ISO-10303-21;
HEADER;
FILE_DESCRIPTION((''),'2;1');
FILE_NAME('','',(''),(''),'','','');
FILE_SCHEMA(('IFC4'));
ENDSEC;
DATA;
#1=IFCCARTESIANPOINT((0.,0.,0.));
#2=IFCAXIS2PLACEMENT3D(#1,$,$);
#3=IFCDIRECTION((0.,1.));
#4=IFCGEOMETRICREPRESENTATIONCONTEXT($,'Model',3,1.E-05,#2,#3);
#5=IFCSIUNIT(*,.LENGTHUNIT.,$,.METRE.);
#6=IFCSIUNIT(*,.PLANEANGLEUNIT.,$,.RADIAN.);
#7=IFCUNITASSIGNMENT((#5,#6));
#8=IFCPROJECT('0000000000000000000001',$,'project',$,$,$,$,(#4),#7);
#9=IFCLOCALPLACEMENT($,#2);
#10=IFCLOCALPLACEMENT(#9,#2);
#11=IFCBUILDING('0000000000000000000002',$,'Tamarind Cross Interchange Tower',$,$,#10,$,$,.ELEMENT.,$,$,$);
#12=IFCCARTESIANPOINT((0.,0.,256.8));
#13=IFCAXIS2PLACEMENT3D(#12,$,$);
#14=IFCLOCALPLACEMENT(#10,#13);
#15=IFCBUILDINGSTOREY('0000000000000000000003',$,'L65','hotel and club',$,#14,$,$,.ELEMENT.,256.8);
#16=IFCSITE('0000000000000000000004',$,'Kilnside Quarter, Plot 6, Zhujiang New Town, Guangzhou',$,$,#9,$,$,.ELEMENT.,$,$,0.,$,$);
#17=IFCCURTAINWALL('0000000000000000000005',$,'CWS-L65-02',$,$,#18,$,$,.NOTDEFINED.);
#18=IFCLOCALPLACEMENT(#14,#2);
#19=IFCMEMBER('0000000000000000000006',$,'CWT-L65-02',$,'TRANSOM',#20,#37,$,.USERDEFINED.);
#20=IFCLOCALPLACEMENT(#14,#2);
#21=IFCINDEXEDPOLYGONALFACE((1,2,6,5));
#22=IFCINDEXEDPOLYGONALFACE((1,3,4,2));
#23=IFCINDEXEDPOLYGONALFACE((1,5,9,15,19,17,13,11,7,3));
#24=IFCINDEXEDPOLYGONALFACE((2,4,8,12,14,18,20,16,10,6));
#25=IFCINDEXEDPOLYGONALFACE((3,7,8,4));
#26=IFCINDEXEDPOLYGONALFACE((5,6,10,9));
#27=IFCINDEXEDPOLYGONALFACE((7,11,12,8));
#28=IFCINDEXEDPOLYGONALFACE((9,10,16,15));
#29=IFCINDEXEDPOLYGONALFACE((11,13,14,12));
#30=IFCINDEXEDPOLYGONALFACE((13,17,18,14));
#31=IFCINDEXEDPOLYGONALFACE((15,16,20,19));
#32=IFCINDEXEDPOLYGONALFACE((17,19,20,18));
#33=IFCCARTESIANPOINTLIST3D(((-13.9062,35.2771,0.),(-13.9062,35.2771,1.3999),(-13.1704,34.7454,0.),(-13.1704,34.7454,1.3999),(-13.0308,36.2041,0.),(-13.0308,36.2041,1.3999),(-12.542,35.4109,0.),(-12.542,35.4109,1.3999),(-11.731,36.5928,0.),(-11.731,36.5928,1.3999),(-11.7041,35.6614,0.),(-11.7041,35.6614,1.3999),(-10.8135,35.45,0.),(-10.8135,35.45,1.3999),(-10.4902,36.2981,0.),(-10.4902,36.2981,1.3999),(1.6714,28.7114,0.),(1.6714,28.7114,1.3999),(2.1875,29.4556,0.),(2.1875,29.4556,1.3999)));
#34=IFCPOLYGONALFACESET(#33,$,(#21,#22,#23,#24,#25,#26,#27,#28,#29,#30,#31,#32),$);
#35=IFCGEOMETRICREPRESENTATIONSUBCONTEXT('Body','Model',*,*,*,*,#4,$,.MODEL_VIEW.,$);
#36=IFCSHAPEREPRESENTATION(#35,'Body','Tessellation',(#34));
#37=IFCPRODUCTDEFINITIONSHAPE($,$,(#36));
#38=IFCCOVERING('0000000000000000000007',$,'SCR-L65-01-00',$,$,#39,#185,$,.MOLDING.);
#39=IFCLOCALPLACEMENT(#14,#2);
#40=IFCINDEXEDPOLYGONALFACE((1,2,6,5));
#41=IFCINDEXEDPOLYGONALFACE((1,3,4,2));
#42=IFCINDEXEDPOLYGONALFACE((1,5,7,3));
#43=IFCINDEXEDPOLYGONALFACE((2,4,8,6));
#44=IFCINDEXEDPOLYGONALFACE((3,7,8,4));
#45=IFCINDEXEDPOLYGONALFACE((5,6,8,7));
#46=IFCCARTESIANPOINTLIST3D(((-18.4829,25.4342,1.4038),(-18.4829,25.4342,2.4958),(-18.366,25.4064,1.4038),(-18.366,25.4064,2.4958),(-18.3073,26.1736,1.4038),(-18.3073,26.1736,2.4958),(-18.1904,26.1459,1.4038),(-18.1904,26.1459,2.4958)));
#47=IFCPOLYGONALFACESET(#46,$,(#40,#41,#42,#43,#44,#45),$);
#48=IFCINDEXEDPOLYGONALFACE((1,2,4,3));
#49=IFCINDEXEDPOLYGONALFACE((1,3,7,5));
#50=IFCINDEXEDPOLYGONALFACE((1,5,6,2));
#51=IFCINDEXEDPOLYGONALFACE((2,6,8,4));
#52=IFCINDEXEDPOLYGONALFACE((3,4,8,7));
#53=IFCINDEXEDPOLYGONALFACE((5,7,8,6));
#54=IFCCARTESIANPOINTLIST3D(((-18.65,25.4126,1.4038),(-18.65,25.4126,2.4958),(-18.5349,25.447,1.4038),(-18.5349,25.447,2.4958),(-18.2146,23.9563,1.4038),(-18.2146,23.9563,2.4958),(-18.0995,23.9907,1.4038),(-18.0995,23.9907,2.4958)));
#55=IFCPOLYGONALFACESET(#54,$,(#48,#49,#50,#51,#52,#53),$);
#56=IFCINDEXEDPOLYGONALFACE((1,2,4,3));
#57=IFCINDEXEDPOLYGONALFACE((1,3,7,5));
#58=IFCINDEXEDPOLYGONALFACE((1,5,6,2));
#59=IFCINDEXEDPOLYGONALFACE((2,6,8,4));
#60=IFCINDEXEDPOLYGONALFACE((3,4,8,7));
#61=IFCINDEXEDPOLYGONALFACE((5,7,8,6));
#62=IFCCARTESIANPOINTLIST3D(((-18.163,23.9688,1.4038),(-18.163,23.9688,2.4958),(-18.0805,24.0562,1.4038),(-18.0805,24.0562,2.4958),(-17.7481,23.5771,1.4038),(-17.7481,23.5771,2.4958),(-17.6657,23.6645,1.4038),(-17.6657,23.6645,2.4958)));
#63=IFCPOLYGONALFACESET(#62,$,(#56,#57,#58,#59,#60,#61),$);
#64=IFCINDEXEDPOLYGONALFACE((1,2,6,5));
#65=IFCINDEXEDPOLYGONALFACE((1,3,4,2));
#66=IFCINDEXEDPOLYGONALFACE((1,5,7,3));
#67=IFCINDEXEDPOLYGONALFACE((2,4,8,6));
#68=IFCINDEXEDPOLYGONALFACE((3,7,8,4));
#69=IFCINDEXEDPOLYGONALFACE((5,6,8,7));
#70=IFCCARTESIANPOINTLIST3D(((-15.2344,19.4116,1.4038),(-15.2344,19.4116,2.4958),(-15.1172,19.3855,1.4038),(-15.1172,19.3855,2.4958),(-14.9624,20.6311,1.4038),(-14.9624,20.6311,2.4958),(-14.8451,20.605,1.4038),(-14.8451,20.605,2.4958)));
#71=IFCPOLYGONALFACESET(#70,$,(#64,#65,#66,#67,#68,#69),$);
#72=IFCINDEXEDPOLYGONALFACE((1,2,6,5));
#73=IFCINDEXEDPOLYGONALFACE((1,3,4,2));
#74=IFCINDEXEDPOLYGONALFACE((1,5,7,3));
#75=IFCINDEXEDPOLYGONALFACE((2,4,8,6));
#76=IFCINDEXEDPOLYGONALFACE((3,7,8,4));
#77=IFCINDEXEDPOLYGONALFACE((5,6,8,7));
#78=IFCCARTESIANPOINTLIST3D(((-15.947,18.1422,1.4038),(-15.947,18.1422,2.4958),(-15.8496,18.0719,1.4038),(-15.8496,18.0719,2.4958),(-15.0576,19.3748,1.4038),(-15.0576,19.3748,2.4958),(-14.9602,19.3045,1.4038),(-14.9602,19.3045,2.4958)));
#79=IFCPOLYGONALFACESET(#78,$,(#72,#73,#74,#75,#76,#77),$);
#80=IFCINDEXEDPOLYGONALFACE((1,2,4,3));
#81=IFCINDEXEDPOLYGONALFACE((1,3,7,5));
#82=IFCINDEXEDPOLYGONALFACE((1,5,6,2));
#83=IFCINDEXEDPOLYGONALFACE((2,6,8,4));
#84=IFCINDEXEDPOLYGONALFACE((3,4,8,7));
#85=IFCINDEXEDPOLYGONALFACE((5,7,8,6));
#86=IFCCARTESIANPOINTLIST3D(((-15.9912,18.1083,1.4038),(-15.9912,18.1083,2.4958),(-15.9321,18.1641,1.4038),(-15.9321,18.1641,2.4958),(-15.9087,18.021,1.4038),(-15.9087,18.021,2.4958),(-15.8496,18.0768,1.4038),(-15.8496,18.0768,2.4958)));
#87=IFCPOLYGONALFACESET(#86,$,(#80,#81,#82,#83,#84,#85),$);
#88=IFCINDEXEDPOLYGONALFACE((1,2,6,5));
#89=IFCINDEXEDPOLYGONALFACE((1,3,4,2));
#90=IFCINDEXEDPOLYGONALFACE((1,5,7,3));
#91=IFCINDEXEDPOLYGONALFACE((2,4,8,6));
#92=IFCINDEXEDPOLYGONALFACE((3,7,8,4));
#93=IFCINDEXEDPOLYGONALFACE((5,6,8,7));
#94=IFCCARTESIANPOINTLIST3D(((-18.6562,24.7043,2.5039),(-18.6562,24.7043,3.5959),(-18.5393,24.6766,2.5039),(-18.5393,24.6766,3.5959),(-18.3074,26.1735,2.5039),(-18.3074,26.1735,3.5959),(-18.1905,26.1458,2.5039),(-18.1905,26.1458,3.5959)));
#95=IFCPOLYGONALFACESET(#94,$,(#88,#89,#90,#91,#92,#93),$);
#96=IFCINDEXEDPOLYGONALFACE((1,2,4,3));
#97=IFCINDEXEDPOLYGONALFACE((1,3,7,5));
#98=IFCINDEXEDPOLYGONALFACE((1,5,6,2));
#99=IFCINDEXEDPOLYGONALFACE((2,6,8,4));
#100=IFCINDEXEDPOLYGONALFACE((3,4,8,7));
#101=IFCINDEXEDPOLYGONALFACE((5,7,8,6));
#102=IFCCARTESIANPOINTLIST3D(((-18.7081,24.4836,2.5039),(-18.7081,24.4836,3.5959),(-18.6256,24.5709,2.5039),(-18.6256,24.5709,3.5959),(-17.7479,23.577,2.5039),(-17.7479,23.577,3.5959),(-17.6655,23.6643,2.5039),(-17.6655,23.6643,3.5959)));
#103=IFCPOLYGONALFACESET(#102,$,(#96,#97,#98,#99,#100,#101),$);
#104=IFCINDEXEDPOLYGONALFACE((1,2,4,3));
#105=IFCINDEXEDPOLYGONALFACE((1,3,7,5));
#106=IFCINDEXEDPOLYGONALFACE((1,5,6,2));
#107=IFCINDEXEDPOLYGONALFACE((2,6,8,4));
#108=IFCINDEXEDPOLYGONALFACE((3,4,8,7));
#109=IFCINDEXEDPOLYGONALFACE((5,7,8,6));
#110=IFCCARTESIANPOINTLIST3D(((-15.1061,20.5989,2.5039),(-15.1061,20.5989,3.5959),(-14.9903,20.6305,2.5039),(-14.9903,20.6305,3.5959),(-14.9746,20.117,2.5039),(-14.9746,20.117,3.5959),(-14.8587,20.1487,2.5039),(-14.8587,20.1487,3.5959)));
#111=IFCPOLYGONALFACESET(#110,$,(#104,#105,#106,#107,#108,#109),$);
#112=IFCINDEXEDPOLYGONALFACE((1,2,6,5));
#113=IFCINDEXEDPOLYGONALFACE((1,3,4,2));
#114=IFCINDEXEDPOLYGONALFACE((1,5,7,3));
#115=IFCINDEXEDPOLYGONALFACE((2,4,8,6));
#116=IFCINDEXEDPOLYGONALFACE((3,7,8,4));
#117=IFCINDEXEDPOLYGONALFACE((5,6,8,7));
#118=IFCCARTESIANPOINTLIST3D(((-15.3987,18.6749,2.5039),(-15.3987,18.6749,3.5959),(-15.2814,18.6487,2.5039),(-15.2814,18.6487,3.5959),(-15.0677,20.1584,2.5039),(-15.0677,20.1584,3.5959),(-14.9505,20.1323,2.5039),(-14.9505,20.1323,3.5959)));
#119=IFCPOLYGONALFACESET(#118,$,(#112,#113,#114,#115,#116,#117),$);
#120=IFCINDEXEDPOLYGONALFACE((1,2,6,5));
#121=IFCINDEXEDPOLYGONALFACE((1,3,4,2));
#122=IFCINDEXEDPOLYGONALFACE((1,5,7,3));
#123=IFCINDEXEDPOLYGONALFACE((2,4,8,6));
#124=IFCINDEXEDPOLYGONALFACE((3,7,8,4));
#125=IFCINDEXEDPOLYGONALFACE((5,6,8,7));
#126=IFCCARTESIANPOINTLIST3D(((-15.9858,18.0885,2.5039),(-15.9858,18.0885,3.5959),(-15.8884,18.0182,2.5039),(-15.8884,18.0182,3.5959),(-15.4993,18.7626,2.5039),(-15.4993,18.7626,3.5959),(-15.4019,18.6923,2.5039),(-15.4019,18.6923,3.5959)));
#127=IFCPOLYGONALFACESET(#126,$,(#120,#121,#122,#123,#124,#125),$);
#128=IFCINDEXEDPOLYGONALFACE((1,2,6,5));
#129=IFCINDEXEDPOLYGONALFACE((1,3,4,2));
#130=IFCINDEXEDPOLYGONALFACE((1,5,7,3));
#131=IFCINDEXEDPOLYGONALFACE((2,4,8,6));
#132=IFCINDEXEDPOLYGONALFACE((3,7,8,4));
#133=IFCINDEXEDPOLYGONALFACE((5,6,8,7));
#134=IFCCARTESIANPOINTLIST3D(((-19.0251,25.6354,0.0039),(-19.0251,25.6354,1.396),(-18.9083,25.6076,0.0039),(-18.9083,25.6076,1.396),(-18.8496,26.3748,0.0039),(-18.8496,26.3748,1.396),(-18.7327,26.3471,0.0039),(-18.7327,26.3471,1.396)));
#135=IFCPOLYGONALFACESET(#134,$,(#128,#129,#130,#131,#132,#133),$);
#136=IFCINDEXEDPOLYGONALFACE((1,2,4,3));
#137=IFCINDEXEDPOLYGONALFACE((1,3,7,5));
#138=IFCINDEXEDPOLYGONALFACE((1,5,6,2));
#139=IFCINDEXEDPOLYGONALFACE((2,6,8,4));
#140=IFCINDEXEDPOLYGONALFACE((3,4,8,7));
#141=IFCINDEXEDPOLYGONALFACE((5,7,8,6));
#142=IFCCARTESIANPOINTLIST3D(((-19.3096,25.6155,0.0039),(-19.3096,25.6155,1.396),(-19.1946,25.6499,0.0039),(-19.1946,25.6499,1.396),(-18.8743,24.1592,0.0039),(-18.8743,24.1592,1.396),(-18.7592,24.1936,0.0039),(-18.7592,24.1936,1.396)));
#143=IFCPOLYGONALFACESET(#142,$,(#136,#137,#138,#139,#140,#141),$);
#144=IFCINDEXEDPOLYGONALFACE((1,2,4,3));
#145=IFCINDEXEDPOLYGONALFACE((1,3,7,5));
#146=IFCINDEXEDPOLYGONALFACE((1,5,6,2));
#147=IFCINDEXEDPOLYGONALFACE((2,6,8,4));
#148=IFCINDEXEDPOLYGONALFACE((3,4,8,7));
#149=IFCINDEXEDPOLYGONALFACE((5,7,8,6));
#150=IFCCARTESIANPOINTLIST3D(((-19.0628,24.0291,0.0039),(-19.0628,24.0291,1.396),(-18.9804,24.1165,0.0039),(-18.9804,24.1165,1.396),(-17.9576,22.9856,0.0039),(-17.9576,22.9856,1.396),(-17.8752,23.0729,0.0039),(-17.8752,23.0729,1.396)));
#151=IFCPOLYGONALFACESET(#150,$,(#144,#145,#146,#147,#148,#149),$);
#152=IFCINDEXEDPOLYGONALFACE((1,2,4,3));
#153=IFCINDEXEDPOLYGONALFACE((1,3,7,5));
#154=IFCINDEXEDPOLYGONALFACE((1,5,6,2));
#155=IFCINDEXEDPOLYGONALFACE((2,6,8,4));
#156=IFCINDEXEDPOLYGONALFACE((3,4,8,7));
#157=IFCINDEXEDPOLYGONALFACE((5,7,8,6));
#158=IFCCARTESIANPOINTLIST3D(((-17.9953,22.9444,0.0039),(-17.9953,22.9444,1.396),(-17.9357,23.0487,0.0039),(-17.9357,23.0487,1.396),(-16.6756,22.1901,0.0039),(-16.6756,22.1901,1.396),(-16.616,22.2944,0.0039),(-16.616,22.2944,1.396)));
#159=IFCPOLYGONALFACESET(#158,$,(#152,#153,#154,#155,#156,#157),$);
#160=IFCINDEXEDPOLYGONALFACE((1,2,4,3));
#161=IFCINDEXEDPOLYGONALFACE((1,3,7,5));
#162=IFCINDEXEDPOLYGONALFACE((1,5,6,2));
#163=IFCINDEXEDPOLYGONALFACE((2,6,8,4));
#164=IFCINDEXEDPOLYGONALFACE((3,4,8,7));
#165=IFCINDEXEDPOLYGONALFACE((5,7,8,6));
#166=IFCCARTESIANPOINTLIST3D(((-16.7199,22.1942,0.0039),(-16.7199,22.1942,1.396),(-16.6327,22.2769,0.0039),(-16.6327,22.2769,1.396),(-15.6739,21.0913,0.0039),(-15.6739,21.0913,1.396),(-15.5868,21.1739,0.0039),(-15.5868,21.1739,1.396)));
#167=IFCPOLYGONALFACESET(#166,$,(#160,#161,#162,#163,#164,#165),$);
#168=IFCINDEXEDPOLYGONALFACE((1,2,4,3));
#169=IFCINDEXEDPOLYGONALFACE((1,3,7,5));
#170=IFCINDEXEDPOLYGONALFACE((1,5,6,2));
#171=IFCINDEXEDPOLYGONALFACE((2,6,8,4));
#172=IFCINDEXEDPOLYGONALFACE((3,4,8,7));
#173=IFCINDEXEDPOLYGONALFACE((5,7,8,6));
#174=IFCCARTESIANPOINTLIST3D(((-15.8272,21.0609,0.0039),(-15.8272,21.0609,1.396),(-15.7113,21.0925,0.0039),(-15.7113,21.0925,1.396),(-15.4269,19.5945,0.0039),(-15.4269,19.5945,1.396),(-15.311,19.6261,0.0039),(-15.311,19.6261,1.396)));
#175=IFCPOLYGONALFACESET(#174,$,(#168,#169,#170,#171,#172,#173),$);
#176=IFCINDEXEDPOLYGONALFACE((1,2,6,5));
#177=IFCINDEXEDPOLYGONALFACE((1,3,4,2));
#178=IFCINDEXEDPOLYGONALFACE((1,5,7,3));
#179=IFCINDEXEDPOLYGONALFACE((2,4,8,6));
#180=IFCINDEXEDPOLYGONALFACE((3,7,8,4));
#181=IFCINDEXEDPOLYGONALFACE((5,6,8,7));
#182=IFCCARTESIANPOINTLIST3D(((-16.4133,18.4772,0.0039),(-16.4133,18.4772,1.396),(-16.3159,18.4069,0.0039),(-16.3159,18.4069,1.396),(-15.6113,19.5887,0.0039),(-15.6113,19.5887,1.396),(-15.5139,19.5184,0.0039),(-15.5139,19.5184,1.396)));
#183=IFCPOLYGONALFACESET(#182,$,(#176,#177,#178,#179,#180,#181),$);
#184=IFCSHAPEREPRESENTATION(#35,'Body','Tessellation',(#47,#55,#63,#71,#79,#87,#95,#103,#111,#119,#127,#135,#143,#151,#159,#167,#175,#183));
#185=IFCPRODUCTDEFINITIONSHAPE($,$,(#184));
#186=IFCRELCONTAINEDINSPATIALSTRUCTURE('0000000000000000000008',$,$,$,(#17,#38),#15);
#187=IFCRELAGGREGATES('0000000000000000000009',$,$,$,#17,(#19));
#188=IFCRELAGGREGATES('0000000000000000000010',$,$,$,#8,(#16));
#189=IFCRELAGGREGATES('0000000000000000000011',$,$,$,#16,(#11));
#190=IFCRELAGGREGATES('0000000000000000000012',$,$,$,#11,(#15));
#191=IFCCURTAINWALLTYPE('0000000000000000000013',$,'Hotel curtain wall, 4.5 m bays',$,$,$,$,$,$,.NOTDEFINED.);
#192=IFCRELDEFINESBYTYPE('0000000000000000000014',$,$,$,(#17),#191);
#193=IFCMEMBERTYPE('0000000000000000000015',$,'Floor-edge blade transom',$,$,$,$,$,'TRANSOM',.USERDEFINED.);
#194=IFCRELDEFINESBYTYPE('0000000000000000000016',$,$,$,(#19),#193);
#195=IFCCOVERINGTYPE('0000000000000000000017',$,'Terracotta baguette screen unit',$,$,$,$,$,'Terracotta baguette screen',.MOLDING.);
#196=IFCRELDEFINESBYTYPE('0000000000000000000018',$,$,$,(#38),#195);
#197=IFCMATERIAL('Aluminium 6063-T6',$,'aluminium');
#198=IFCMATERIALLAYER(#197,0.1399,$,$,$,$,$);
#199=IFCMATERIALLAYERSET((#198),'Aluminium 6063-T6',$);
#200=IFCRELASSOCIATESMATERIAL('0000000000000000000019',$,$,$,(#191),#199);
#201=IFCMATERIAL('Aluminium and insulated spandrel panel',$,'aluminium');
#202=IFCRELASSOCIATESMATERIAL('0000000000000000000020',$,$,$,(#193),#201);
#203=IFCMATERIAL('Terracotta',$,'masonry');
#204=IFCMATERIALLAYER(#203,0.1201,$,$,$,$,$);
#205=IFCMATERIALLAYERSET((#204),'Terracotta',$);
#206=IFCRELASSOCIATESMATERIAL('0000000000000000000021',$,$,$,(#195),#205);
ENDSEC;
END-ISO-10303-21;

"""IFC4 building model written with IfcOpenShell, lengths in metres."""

from ifc_helpers import new_model, si_unit, direction, frame, origin, origin_2d, place, context, subcontext, project, spatial, polyline, rectangle, outline, extrude, material, layer, layer_set, type_object, element, aggregate, save


model = new_model("IFC4")

# Units and contexts
model_context = context("Model", 3, precision=1e-05, world=origin(), true_north=direction((0.0, 1.0)))
body_context = subcontext(model_context, "Body", "Model", "MODEL_VIEW")
ifc_project = project(units=[si_unit("LENGTHUNIT", "METRE"), si_unit("PLANEANGLEUNIT", "RADIAN")], contexts=[model_context])

# Site, building, storey
site_placement = place(None, origin())
site = spatial("IfcSite", under=ifc_project, at=site_placement, Name="Kilnside Quarter, Plot 6, Zhujiang New Town, Guangzhou", CompositionType="ELEMENT", RefElevation=0.0)
building_placement = place(site_placement, origin())
building = spatial("IfcBuilding", under=site, at=building_placement, Name="Tamarind Cross Interchange Tower", CompositionType="ELEMENT")
storey_placement = place(building_placement, frame((0.0, 0.0, 256.8)))
storey = spatial("IfcBuildingStorey", under=building, at=storey_placement, Name="L65", Description="hotel and club", CompositionType="ELEMENT", Elevation=256.8)

# Curtain wall, member
ifc_material_1 = material(Name="Aluminium 6063-T6", Category="aluminium")
ifc_layer_1 = layer(ifc_material_1, 0.1399)
ifc_layer_set_1 = layer_set([ifc_layer_1], Name="Aluminium 6063-T6")
curtain_wall_type = type_object("IfcCurtainWallType", Name="Hotel curtain wall, 4.5 m bays", PredefinedType="NOTDEFINED", material=ifc_layer_set_1)
curtain_wall_placement = place(storey_placement, origin())
curtain_wall = element("IfcCurtainWall", 1, at=curtain_wall_placement, inside=storey, type_object=curtain_wall_type, Name="CWS-L65-02", PredefinedType="NOTDEFINED")
ifc_material_2 = material(Name="Aluminium and insulated spandrel panel", Category="aluminium")
member_type = type_object("IfcMemberType", Name="Floor-edge blade transom", ElementType="TRANSOM", PredefinedType="USERDEFINED", material=ifc_material_2)
member_placement = place(storey_placement, origin())
member = element("IfcMember", 2, at=member_placement, type_object=member_type, Name="CWT-L65-02", ObjectType="TRANSOM", PredefinedType="USERDEFINED", context=body_context, shape_type="SweptSolid", body=[
    extrude(outline(polyline([(1.6714, 28.7114), (-10.8135, 35.45), (-11.7041, 35.6614), (-12.542, 35.4109), (-13.1704, 34.7454), (-13.9062, 35.2771), (-13.0308, 36.2041), (-11.731, 36.5928), (-10.4902, 36.2981), (2.1875, 29.4556), (1.6714, 28.7114)])), origin(), (0.0, 0.0, 1.0), 1.3999),
])
aggregate(curtain_wall, [member])

# Covering
ifc_material_3 = material(Name="Terracotta", Category="masonry")
ifc_layer_2 = layer(ifc_material_3, 0.1201)
ifc_layer_set_2 = layer_set([ifc_layer_2], Name="Terracotta")
covering_type = type_object("IfcCoveringType", Name="Terracotta baguette screen unit", ElementType="Terracotta baguette screen", PredefinedType="MOLDING", material=ifc_layer_set_2)
covering_1_placement = place(storey_placement, origin())
element("IfcCovering", 3, at=covering_1_placement, inside=storey, type_object=covering_type, Name="SCR-L65-01-00", PredefinedType="MOLDING", context=body_context, shape_type="SweptSolid", body=[
    extrude(rectangle(XDim=0.76, YDim=0.1201, at=origin_2d()), frame((-18.3367, 25.79, 1.4038), z_axis=(0.0, 0.0, 1.0), x_axis=(-0.231014, -0.97295, 0.0)), (0.0, 0.0, 1.0), 1.092),
    extrude(rectangle(XDim=1.52, YDim=0.1201, at=origin_2d()), frame((-18.3748, 24.7017, 1.4038), z_axis=(0.0, 0.0, 1.0), x_axis=(0.286411, -0.958107, 0.0)), (0.0, 0.0, 1.0), 1.092),
    extrude(rectangle(XDim=0.5706, YDim=0.1201, at=origin_2d()), frame((-17.9143, 23.8167, 1.4038), z_axis=(0.0, 0.0, 1.0), x_axis=(0.727093, -0.686539, 0.0)), (0.0, 0.0, 1.0), 1.092),
    extrude(rectangle(XDim=1.2495, YDim=0.1201, at=origin_2d()), frame((-15.0398, 20.0083, 1.4038), z_axis=(0.0, 0.0, 1.0), x_axis=(-0.217745, -0.976006, 0.0)), (0.0, 0.0, 1.0), 1.092),
    extrude(rectangle(XDim=1.52, YDim=0.1201, at=origin_2d()), frame((-15.4536, 18.7234, 1.4038), z_axis=(0.0, 0.0, 1.0), x_axis=(-0.585161, -0.810917, 0.0)), (0.0, 0.0, 1.0), 1.092),
    extrude(rectangle(XDim=0.0813, YDim=0.1201, at=origin_2d()), frame((-15.9204, 18.0925, 1.4038), z_axis=(0.0, 0.0, 1.0), x_axis=(-0.72725, -0.686373, 0.0)), (0.0, 0.0, 1.0), 1.092),
    extrude(rectangle(XDim=1.51, YDim=0.1201, at=origin_2d()), frame((-18.4233, 25.425, 2.5039), z_axis=(0.0, 0.0, 1.0), x_axis=(-0.231014, -0.97295, 0.0)), (0.0, 0.0, 1.0), 1.092),
    extrude(rectangle(XDim=1.3206, YDim=0.1201, at=origin_2d()), frame((-18.1868, 24.074, 2.5039), z_axis=(0.0, 0.0, 1.0), x_axis=(0.727093, -0.686539, 0.0)), (0.0, 0.0, 1.0), 1.092),
    extrude(rectangle(XDim=0.4995, YDim=0.1201, at=origin_2d()), frame((-14.9824, 20.3738, 2.5039), z_axis=(0.0, 0.0, 1.0), x_axis=(0.263341, -0.964703, 0.0)), (0.0, 0.0, 1.0), 1.092),
    extrude(rectangle(XDim=1.52, YDim=0.1201, at=origin_2d()), frame((-15.1746, 19.4036, 2.5039), z_axis=(0.0, 0.0, 1.0), x_axis=(-0.217745, -0.976006, 0.0)), (0.0, 0.0, 1.0), 1.092),
    extrude(rectangle(XDim=0.8313, YDim=0.1201, at=origin_2d()), frame((-15.6938, 18.3904, 2.5039), z_axis=(0.0, 0.0, 1.0), x_axis=(-0.585161, -0.810917, 0.0)), (0.0, 0.0, 1.0), 1.092),
    extrude(rectangle(XDim=0.76, YDim=0.1201, at=origin_2d()), frame((-18.8789, 25.9912, 0.0039), z_axis=(0.0, 0.0, 1.0), x_axis=(-0.231014, -0.97295, 0.0)), (0.0, 0.0, 1.0), 1.3921),
    extrude(rectangle(XDim=1.52, YDim=0.1201, at=origin_2d()), frame((-19.0344, 24.9045, 0.0039), z_axis=(0.0, 0.0, 1.0), x_axis=(0.286411, -0.958107, 0.0)), (0.0, 0.0, 1.0), 1.3921),
    extrude(rectangle(XDim=1.52, YDim=0.1201, at=origin_2d()), frame((-18.469, 23.551, 0.0039), z_axis=(0.0, 0.0, 1.0), x_axis=(0.727093, -0.686539, 0.0)), (0.0, 0.0, 1.0), 1.3921),
    extrude(rectangle(XDim=1.52, YDim=0.1201, at=origin_2d()), frame((-17.3057, 22.6194, 0.0039), z_axis=(0.0, 0.0, 1.0), x_axis=(0.868183, -0.496244, 0.0)), (0.0, 0.0, 1.0), 1.3921),
    extrude(rectangle(XDim=1.52, YDim=0.1201, at=origin_2d()), frame((-16.1533, 21.6841, 0.0039), z_axis=(0.0, 0.0, 1.0), x_axis=(0.688091, -0.725625, 0.0)), (0.0, 0.0, 1.0), 1.3921),
    extrude(rectangle(XDim=1.52, YDim=0.1201, at=origin_2d()), frame((-15.5691, 20.3435, 0.0039), z_axis=(0.0, 0.0, 1.0), x_axis=(0.263341, -0.964703, 0.0)), (0.0, 0.0, 1.0), 1.3921),
    extrude(rectangle(XDim=1.3706, YDim=0.1201, at=origin_2d()), frame((-15.9636, 18.9978, 0.0039), z_axis=(0.0, 0.0, 1.0), x_axis=(-0.585161, -0.810917, 0.0)), (0.0, 0.0, 1.0), 1.3921),
])

save(model, "model.ifc")
